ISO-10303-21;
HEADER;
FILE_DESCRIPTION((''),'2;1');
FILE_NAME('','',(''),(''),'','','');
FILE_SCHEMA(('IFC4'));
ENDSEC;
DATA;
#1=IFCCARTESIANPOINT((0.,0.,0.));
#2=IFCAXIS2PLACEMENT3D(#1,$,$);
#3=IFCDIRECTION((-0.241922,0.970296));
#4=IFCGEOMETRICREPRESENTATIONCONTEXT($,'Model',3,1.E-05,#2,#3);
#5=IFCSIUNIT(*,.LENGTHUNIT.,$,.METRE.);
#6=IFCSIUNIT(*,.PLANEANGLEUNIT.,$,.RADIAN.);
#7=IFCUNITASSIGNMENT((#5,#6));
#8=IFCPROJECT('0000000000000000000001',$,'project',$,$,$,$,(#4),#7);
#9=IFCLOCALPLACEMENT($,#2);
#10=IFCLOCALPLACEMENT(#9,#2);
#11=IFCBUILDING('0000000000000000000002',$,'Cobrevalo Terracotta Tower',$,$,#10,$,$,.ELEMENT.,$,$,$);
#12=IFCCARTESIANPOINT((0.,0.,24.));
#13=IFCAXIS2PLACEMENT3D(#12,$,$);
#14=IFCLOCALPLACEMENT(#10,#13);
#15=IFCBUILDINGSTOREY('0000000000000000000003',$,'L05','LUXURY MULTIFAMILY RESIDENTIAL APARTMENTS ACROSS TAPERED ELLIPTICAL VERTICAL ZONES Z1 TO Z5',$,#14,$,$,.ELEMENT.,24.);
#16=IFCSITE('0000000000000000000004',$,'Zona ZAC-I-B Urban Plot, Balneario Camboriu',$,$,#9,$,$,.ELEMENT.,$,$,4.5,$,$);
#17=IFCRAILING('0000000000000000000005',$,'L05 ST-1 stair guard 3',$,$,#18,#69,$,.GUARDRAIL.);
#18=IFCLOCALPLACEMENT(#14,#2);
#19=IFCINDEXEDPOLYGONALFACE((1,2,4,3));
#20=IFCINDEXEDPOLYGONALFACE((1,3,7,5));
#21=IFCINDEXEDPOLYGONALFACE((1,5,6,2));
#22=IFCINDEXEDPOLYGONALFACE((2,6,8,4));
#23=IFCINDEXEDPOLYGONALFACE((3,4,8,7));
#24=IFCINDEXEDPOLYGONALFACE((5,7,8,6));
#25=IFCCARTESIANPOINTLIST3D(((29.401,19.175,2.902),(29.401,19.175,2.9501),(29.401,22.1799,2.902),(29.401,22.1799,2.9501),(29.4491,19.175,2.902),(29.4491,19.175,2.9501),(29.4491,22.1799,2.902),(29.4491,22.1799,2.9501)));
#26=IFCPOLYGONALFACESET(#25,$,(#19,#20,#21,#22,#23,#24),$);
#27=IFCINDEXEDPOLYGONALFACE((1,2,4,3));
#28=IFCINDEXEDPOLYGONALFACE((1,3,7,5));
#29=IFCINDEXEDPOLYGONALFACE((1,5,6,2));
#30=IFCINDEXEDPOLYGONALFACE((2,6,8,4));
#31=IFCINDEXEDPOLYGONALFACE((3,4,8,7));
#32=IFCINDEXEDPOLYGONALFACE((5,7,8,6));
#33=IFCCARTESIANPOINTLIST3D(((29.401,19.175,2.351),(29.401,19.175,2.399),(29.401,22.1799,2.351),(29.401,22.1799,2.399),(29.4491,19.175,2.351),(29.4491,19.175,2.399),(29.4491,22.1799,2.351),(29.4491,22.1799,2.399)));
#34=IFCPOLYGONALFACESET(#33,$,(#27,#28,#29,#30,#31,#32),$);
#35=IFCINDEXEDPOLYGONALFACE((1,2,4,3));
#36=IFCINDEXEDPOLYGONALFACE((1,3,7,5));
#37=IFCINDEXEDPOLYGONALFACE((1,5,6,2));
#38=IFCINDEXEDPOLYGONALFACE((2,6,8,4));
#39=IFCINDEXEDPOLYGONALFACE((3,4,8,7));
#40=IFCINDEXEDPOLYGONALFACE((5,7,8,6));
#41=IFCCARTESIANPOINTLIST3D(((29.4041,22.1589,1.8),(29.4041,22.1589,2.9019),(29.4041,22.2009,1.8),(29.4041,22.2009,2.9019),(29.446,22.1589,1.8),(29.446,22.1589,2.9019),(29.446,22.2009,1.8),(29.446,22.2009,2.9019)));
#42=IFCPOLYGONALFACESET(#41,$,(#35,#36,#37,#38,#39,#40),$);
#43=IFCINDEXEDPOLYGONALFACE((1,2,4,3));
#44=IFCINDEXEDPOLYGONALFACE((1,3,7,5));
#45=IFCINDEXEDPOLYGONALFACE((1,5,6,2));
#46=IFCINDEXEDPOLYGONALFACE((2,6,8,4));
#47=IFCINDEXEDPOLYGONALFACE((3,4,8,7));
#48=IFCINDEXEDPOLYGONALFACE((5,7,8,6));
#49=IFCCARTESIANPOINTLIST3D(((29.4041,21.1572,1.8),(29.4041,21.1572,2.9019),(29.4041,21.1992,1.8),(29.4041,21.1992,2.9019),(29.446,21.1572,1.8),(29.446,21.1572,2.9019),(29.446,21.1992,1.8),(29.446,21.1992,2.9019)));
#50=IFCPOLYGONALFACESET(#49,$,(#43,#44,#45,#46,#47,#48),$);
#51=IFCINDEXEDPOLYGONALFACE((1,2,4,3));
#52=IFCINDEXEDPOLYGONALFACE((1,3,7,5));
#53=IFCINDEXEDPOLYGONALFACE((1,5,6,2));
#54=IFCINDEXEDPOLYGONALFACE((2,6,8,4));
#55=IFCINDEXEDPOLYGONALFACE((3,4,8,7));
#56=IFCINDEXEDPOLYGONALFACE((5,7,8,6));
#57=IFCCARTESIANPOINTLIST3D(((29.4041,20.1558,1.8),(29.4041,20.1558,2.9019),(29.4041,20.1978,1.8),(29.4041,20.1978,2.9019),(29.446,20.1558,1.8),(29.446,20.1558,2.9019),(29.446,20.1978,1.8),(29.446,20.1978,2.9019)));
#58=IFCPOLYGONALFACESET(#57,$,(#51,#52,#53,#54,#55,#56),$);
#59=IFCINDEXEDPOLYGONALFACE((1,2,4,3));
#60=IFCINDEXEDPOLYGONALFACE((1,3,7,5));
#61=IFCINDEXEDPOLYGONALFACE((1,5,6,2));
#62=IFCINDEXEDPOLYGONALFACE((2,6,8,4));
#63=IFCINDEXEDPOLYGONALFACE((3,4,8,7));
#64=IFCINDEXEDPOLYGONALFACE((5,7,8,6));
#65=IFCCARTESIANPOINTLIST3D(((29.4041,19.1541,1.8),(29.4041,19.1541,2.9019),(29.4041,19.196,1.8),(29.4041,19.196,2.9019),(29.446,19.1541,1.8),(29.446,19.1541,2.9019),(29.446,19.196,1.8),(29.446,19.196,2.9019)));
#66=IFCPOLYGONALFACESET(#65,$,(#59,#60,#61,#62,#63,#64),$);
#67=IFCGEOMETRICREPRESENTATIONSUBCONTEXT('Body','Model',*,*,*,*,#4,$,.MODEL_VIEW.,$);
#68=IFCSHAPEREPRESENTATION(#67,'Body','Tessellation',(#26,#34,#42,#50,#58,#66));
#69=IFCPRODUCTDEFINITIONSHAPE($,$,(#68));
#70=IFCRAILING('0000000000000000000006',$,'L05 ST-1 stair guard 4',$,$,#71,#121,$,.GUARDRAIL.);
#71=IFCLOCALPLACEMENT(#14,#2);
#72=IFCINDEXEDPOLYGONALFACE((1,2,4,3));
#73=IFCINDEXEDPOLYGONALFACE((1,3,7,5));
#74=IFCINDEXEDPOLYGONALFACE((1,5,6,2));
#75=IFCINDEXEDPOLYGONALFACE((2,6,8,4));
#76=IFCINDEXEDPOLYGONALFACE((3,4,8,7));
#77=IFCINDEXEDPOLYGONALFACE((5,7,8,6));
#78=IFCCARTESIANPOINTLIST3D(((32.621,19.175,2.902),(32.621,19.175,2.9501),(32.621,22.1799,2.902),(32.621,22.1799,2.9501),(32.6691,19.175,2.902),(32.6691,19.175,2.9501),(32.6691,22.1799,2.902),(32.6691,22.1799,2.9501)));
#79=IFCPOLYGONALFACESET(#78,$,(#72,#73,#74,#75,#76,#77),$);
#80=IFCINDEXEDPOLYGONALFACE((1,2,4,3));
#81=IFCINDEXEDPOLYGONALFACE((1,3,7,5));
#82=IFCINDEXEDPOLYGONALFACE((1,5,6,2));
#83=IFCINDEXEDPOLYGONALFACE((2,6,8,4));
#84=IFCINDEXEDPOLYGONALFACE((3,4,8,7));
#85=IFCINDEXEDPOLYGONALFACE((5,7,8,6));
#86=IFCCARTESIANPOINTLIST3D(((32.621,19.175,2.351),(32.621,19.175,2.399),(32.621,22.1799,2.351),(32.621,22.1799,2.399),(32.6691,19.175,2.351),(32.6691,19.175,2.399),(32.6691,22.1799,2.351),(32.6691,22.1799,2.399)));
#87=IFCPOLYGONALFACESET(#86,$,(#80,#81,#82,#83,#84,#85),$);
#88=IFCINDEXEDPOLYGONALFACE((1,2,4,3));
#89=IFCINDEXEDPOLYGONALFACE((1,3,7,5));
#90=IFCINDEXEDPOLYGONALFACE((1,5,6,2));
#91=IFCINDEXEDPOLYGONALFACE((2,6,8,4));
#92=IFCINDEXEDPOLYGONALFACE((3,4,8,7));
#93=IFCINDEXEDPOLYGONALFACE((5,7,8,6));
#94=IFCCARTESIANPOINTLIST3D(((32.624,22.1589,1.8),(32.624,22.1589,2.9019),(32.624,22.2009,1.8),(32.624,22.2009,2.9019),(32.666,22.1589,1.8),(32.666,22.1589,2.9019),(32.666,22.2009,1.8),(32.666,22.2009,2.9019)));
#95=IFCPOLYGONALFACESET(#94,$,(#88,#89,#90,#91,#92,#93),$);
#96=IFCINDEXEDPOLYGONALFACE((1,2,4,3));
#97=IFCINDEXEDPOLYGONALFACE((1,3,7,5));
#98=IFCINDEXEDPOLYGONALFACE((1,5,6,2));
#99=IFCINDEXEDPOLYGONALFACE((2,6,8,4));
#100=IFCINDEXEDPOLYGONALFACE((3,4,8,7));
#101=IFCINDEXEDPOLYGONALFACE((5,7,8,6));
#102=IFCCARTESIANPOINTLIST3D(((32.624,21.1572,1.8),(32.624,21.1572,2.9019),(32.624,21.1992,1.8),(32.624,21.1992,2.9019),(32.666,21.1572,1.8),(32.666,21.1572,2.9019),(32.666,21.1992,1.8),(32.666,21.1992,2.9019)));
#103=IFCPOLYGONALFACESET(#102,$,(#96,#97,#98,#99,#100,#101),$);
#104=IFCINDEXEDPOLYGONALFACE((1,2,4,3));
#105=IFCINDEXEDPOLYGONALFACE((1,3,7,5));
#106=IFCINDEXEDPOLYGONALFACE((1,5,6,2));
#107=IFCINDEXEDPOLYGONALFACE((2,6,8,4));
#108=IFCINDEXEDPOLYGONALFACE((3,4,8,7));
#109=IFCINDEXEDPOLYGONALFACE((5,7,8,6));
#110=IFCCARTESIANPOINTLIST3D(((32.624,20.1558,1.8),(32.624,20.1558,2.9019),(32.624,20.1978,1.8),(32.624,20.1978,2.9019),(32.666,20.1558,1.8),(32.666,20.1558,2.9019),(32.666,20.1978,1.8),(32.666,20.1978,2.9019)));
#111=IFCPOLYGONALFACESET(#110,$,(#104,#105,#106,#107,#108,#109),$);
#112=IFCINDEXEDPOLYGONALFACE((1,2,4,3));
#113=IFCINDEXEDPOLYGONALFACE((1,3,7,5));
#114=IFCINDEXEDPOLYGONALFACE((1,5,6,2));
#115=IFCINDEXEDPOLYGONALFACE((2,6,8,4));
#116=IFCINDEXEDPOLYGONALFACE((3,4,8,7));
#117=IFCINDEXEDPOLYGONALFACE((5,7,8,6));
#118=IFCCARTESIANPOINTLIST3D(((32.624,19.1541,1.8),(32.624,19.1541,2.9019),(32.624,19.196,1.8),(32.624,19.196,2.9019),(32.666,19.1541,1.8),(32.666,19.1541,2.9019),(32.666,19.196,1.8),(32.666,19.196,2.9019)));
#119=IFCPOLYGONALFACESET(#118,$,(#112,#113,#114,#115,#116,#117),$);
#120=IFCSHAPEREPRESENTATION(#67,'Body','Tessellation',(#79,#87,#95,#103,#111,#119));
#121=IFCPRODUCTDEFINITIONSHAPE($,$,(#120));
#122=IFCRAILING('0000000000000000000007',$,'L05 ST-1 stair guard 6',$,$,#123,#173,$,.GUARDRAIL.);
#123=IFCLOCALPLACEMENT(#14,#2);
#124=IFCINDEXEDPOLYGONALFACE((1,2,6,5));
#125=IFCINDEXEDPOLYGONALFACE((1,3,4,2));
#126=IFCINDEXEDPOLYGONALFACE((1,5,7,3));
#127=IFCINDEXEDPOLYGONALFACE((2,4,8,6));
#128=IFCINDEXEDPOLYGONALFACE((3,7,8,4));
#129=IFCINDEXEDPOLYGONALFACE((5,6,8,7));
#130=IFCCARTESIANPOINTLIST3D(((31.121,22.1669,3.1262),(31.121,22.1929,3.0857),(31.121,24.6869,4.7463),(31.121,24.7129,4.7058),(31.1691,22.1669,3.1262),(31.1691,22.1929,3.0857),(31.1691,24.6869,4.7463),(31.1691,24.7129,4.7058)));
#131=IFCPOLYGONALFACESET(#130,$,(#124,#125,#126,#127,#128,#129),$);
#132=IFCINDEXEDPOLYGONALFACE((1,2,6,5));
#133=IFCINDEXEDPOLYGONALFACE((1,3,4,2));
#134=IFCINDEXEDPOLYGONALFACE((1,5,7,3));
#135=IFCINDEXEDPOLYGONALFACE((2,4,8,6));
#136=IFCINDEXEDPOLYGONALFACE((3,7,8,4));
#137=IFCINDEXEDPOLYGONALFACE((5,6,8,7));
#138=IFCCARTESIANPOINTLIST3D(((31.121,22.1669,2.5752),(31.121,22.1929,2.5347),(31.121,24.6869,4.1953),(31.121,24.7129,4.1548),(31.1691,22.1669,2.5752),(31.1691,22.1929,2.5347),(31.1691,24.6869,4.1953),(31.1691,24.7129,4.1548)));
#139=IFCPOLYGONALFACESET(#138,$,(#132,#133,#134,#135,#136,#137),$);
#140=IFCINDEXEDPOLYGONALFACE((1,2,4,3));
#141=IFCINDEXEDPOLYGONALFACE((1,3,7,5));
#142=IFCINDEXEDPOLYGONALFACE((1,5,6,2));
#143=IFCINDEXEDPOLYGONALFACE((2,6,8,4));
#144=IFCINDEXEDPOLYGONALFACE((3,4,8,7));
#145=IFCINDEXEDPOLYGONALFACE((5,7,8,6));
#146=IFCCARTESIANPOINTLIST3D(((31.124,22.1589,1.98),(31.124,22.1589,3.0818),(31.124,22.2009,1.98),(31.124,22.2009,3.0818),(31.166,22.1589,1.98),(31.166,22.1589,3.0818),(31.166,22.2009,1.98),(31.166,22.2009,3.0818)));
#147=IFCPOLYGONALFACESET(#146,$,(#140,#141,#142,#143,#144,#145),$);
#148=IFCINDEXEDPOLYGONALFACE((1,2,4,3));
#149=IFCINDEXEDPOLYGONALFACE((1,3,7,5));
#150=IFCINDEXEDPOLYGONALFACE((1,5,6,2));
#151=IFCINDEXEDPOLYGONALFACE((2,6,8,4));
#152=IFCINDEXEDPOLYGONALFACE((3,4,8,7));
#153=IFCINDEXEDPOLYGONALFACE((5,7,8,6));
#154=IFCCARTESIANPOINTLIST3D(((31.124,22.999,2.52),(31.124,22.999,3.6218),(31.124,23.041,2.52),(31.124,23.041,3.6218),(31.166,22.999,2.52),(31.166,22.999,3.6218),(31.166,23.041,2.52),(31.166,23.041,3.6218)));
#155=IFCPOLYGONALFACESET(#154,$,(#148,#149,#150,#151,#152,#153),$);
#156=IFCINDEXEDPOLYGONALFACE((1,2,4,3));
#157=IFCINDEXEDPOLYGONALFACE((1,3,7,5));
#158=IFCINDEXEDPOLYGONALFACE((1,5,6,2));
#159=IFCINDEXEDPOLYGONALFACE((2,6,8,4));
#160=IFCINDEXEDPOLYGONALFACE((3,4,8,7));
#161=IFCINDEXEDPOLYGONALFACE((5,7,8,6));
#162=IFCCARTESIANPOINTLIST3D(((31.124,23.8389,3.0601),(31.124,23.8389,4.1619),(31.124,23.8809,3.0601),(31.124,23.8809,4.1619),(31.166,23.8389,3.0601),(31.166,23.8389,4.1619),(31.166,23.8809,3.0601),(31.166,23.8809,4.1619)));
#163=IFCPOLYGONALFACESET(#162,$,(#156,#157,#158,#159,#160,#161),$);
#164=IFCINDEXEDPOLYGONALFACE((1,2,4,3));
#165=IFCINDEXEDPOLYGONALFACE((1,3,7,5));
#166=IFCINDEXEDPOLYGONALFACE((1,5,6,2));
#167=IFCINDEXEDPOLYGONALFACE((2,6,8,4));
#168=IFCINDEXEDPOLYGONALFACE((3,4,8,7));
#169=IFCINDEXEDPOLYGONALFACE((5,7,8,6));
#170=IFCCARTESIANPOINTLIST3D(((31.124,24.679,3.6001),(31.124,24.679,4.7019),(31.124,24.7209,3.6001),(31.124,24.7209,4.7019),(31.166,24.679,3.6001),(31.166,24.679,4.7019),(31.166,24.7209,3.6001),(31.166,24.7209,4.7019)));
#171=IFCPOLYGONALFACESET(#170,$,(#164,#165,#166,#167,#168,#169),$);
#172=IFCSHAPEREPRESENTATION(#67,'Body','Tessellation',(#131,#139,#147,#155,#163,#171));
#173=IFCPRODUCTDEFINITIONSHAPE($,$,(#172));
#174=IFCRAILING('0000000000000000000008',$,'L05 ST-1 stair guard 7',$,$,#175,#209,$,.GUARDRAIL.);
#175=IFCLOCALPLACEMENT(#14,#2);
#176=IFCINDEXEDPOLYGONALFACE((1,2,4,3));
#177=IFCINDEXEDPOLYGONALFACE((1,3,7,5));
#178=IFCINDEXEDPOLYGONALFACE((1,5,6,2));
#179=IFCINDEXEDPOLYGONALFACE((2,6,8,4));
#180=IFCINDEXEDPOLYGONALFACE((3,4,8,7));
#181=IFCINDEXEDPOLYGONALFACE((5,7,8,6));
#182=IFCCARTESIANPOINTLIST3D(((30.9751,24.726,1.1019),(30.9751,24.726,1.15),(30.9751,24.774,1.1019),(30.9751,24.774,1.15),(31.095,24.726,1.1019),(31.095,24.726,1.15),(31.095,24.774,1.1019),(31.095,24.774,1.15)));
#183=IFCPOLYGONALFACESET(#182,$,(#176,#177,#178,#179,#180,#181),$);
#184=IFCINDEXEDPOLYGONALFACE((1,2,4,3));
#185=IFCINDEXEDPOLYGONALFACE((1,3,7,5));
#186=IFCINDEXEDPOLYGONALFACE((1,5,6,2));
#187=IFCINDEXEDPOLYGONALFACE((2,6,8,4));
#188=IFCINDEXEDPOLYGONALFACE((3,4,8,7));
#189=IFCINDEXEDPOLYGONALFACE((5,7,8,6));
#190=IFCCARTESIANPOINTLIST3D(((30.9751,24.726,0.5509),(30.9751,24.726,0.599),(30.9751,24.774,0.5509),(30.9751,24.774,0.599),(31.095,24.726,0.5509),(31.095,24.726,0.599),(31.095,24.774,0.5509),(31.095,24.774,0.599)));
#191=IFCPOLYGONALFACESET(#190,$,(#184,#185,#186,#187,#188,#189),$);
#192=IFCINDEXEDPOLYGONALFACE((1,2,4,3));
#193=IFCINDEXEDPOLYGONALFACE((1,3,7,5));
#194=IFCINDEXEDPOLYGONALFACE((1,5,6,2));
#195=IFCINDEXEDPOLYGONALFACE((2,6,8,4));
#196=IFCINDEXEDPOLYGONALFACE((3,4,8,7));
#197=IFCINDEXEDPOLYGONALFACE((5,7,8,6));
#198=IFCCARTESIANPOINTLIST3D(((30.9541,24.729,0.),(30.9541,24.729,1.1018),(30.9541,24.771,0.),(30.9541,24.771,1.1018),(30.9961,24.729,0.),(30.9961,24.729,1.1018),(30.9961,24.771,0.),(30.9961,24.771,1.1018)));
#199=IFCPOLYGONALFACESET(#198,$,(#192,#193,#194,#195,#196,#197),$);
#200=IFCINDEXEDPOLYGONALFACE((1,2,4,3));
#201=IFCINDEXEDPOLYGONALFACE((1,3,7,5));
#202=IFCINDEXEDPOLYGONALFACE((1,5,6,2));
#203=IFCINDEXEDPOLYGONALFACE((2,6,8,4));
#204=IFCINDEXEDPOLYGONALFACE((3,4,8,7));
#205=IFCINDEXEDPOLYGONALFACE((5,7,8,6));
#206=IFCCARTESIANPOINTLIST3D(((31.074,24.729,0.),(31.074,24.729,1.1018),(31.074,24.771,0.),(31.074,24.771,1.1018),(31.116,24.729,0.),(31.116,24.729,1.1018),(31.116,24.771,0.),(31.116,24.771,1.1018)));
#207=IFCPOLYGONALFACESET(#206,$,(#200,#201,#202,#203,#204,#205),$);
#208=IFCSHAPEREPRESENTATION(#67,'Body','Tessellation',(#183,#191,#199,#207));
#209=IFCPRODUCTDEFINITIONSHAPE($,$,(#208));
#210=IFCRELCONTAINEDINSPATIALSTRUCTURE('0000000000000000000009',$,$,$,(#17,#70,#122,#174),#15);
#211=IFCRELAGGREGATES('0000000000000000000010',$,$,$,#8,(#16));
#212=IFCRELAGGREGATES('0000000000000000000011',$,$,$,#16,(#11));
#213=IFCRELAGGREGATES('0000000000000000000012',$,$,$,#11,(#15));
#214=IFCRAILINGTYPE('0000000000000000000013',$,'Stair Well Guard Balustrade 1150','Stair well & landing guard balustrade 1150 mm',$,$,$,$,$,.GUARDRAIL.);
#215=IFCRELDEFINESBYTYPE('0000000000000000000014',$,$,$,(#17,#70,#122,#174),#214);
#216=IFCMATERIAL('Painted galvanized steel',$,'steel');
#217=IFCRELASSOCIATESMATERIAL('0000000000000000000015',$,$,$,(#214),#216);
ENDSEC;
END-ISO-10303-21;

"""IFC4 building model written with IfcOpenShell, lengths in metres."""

from ifc_helpers import new_model, si_unit, direction, frame, origin, origin_2d, place, context, subcontext, project, spatial, rectangle, extrude, material, type_object, element, save


model = new_model("IFC4")

# Units and contexts
model_context = context("Model", 3, precision=1e-05, world=origin(), true_north=direction((-0.241922, 0.970296)))
body_context = subcontext(model_context, "Body", "Model", "MODEL_VIEW")
ifc_project = project(units=[si_unit("LENGTHUNIT", "METRE"), si_unit("PLANEANGLEUNIT", "RADIAN")], contexts=[model_context])

# Site, building, storey
site_placement = place(None, origin())
site = spatial("IfcSite", under=ifc_project, at=site_placement, Name="Zona ZAC-I-B Urban Plot, Balneario Camboriu", CompositionType="ELEMENT", RefElevation=4.5)
building_placement = place(site_placement, origin())
building = spatial("IfcBuilding", under=site, at=building_placement, Name="Cobrevalo Terracotta Tower", CompositionType="ELEMENT")
storey_placement = place(building_placement, frame((0.0, 0.0, 24.0)))
storey = spatial("IfcBuildingStorey", under=building, at=storey_placement, Name="L05", Description="LUXURY MULTIFAMILY RESIDENTIAL APARTMENTS ACROSS TAPERED ELLIPTICAL VERTICAL ZONES Z1 TO Z5", CompositionType="ELEMENT", Elevation=24.0)

# Railings
ifc_material_1 = material(Name="Painted galvanized steel", Category="steel")
railing_type_1 = type_object("IfcRailingType", Name="Stair Well Guard Balustrade 1150", Description="Stair well & landing guard balustrade 1150 mm", PredefinedType="GUARDRAIL", material=ifc_material_1)
for number, where, name in (
    (1, (29.425, 22.1799, 1.8), "L05 ST-1 stair guard 3"),
    (2, (32.645, 22.1799, 1.8), "L05 ST-1 stair guard 4"),
):
    element("IfcRailing", number, at=place(storey_placement, frame(where)), inside=storey, type_object=railing_type_1, Name=name, PredefinedType="GUARDRAIL", context=body_context, shape_type="SweptSolid", body=[
        extrude(rectangle(XDim=0.0481, YDim=0.0481, at=origin_2d()), frame((0.0, 0.0, 1.126), z_axis=(0.0, -1.0, 0.0), x_axis=(1.0, 0.0, 0.0)), (0.0, 0.0, 1.0), 3.0049),
        extrude(rectangle(XDim=0.0481, YDim=0.0481, at=origin_2d()), frame((0.0, 0.0, 0.575), z_axis=(0.0, -1.0, 0.0), x_axis=(1.0, 0.0, 0.0)), (0.0, 0.0, 1.0), 3.0049),
        extrude(rectangle(XDim=0.042, YDim=0.042, at=origin_2d()), origin(), (0.0, 0.0, 1.0), 1.1018),
        extrude(rectangle(XDim=0.042, YDim=0.042, at=origin_2d()), frame((0.0, -1.0017, 0.0)), (0.0, 0.0, 1.0), 1.1018),
        extrude(rectangle(XDim=0.042, YDim=0.042, at=origin_2d()), frame((0.0, -2.0032, 0.0)), (0.0, 0.0, 1.0), 1.1018),
        extrude(rectangle(XDim=0.042, YDim=0.042, at=origin_2d()), frame((0.0, -3.0049, 0.0)), (0.0, 0.0, 1.0), 1.1018),
    ])
railing_1_placement = place(storey_placement, frame((31.145, 22.1799, 1.98)))
element("IfcRailing", 3, at=railing_1_placement, inside=storey, type_object=railing_type_1, Name="L05 ST-1 stair guard 6", PredefinedType="GUARDRAIL", context=body_context, shape_type="SweptSolid", body=[
    extrude(rectangle(XDim=0.0481, YDim=0.0481, at=origin_2d()), frame((0.0, 0.0, 1.126), z_axis=(0.0, 0.841163, 0.540782), x_axis=(-1.0, 0.0, 0.0)), (0.0, 0.0, 1.0), 2.9958),
    extrude(rectangle(XDim=0.0481, YDim=0.0481, at=origin_2d()), frame((0.0, 0.0, 0.575), z_axis=(0.0, 0.841163, 0.540782), x_axis=(-1.0, 0.0, 0.0)), (0.0, 0.0, 1.0), 2.9958),
    extrude(rectangle(XDim=0.042, YDim=0.042, at=origin_2d()), origin(), (0.0, 0.0, 1.0), 1.1018),
    extrude(rectangle(XDim=0.042, YDim=0.042, at=origin_2d()), frame((0.0, 0.8401, 0.54)), (0.0, 0.0, 1.0), 1.1018),
    extrude(rectangle(XDim=0.042, YDim=0.042, at=origin_2d()), frame((0.0, 1.6799, 1.0801)), (0.0, 0.0, 1.0), 1.1018),
    extrude(rectangle(XDim=0.042, YDim=0.042, at=origin_2d()), frame((0.0, 2.52, 1.6201)), (0.0, 0.0, 1.0), 1.1018),
])
railing_2_placement = place(storey_placement, frame((30.9751, 24.75, 0.0)))
element("IfcRailing", 4, at=railing_2_placement, inside=storey, type_object=railing_type_1, Name="L05 ST-1 stair guard 7", PredefinedType="GUARDRAIL", context=body_context, shape_type="SweptSolid", body=[
    extrude(rectangle(XDim=0.0481, YDim=0.0481, at=origin_2d()), frame((0.0, 0.0, 1.126), z_axis=(1.0, 0.0, 0.0), x_axis=(0.0, 1.0, 0.0)), (0.0, 0.0, 1.0), 0.1199),
    extrude(rectangle(XDim=0.0481, YDim=0.0481, at=origin_2d()), frame((0.0, 0.0, 0.575), z_axis=(1.0, 0.0, 0.0), x_axis=(0.0, 1.0, 0.0)), (0.0, 0.0, 1.0), 0.1199),
    extrude(rectangle(XDim=0.042, YDim=0.042, at=origin_2d()), origin(), (0.0, 0.0, 1.0), 1.1018),
    extrude(rectangle(XDim=0.042, YDim=0.042, at=origin_2d()), frame((0.1199, 0.0, 0.0)), (0.0, 0.0, 1.0), 1.1018),
])

save(model, "model.ifc")
